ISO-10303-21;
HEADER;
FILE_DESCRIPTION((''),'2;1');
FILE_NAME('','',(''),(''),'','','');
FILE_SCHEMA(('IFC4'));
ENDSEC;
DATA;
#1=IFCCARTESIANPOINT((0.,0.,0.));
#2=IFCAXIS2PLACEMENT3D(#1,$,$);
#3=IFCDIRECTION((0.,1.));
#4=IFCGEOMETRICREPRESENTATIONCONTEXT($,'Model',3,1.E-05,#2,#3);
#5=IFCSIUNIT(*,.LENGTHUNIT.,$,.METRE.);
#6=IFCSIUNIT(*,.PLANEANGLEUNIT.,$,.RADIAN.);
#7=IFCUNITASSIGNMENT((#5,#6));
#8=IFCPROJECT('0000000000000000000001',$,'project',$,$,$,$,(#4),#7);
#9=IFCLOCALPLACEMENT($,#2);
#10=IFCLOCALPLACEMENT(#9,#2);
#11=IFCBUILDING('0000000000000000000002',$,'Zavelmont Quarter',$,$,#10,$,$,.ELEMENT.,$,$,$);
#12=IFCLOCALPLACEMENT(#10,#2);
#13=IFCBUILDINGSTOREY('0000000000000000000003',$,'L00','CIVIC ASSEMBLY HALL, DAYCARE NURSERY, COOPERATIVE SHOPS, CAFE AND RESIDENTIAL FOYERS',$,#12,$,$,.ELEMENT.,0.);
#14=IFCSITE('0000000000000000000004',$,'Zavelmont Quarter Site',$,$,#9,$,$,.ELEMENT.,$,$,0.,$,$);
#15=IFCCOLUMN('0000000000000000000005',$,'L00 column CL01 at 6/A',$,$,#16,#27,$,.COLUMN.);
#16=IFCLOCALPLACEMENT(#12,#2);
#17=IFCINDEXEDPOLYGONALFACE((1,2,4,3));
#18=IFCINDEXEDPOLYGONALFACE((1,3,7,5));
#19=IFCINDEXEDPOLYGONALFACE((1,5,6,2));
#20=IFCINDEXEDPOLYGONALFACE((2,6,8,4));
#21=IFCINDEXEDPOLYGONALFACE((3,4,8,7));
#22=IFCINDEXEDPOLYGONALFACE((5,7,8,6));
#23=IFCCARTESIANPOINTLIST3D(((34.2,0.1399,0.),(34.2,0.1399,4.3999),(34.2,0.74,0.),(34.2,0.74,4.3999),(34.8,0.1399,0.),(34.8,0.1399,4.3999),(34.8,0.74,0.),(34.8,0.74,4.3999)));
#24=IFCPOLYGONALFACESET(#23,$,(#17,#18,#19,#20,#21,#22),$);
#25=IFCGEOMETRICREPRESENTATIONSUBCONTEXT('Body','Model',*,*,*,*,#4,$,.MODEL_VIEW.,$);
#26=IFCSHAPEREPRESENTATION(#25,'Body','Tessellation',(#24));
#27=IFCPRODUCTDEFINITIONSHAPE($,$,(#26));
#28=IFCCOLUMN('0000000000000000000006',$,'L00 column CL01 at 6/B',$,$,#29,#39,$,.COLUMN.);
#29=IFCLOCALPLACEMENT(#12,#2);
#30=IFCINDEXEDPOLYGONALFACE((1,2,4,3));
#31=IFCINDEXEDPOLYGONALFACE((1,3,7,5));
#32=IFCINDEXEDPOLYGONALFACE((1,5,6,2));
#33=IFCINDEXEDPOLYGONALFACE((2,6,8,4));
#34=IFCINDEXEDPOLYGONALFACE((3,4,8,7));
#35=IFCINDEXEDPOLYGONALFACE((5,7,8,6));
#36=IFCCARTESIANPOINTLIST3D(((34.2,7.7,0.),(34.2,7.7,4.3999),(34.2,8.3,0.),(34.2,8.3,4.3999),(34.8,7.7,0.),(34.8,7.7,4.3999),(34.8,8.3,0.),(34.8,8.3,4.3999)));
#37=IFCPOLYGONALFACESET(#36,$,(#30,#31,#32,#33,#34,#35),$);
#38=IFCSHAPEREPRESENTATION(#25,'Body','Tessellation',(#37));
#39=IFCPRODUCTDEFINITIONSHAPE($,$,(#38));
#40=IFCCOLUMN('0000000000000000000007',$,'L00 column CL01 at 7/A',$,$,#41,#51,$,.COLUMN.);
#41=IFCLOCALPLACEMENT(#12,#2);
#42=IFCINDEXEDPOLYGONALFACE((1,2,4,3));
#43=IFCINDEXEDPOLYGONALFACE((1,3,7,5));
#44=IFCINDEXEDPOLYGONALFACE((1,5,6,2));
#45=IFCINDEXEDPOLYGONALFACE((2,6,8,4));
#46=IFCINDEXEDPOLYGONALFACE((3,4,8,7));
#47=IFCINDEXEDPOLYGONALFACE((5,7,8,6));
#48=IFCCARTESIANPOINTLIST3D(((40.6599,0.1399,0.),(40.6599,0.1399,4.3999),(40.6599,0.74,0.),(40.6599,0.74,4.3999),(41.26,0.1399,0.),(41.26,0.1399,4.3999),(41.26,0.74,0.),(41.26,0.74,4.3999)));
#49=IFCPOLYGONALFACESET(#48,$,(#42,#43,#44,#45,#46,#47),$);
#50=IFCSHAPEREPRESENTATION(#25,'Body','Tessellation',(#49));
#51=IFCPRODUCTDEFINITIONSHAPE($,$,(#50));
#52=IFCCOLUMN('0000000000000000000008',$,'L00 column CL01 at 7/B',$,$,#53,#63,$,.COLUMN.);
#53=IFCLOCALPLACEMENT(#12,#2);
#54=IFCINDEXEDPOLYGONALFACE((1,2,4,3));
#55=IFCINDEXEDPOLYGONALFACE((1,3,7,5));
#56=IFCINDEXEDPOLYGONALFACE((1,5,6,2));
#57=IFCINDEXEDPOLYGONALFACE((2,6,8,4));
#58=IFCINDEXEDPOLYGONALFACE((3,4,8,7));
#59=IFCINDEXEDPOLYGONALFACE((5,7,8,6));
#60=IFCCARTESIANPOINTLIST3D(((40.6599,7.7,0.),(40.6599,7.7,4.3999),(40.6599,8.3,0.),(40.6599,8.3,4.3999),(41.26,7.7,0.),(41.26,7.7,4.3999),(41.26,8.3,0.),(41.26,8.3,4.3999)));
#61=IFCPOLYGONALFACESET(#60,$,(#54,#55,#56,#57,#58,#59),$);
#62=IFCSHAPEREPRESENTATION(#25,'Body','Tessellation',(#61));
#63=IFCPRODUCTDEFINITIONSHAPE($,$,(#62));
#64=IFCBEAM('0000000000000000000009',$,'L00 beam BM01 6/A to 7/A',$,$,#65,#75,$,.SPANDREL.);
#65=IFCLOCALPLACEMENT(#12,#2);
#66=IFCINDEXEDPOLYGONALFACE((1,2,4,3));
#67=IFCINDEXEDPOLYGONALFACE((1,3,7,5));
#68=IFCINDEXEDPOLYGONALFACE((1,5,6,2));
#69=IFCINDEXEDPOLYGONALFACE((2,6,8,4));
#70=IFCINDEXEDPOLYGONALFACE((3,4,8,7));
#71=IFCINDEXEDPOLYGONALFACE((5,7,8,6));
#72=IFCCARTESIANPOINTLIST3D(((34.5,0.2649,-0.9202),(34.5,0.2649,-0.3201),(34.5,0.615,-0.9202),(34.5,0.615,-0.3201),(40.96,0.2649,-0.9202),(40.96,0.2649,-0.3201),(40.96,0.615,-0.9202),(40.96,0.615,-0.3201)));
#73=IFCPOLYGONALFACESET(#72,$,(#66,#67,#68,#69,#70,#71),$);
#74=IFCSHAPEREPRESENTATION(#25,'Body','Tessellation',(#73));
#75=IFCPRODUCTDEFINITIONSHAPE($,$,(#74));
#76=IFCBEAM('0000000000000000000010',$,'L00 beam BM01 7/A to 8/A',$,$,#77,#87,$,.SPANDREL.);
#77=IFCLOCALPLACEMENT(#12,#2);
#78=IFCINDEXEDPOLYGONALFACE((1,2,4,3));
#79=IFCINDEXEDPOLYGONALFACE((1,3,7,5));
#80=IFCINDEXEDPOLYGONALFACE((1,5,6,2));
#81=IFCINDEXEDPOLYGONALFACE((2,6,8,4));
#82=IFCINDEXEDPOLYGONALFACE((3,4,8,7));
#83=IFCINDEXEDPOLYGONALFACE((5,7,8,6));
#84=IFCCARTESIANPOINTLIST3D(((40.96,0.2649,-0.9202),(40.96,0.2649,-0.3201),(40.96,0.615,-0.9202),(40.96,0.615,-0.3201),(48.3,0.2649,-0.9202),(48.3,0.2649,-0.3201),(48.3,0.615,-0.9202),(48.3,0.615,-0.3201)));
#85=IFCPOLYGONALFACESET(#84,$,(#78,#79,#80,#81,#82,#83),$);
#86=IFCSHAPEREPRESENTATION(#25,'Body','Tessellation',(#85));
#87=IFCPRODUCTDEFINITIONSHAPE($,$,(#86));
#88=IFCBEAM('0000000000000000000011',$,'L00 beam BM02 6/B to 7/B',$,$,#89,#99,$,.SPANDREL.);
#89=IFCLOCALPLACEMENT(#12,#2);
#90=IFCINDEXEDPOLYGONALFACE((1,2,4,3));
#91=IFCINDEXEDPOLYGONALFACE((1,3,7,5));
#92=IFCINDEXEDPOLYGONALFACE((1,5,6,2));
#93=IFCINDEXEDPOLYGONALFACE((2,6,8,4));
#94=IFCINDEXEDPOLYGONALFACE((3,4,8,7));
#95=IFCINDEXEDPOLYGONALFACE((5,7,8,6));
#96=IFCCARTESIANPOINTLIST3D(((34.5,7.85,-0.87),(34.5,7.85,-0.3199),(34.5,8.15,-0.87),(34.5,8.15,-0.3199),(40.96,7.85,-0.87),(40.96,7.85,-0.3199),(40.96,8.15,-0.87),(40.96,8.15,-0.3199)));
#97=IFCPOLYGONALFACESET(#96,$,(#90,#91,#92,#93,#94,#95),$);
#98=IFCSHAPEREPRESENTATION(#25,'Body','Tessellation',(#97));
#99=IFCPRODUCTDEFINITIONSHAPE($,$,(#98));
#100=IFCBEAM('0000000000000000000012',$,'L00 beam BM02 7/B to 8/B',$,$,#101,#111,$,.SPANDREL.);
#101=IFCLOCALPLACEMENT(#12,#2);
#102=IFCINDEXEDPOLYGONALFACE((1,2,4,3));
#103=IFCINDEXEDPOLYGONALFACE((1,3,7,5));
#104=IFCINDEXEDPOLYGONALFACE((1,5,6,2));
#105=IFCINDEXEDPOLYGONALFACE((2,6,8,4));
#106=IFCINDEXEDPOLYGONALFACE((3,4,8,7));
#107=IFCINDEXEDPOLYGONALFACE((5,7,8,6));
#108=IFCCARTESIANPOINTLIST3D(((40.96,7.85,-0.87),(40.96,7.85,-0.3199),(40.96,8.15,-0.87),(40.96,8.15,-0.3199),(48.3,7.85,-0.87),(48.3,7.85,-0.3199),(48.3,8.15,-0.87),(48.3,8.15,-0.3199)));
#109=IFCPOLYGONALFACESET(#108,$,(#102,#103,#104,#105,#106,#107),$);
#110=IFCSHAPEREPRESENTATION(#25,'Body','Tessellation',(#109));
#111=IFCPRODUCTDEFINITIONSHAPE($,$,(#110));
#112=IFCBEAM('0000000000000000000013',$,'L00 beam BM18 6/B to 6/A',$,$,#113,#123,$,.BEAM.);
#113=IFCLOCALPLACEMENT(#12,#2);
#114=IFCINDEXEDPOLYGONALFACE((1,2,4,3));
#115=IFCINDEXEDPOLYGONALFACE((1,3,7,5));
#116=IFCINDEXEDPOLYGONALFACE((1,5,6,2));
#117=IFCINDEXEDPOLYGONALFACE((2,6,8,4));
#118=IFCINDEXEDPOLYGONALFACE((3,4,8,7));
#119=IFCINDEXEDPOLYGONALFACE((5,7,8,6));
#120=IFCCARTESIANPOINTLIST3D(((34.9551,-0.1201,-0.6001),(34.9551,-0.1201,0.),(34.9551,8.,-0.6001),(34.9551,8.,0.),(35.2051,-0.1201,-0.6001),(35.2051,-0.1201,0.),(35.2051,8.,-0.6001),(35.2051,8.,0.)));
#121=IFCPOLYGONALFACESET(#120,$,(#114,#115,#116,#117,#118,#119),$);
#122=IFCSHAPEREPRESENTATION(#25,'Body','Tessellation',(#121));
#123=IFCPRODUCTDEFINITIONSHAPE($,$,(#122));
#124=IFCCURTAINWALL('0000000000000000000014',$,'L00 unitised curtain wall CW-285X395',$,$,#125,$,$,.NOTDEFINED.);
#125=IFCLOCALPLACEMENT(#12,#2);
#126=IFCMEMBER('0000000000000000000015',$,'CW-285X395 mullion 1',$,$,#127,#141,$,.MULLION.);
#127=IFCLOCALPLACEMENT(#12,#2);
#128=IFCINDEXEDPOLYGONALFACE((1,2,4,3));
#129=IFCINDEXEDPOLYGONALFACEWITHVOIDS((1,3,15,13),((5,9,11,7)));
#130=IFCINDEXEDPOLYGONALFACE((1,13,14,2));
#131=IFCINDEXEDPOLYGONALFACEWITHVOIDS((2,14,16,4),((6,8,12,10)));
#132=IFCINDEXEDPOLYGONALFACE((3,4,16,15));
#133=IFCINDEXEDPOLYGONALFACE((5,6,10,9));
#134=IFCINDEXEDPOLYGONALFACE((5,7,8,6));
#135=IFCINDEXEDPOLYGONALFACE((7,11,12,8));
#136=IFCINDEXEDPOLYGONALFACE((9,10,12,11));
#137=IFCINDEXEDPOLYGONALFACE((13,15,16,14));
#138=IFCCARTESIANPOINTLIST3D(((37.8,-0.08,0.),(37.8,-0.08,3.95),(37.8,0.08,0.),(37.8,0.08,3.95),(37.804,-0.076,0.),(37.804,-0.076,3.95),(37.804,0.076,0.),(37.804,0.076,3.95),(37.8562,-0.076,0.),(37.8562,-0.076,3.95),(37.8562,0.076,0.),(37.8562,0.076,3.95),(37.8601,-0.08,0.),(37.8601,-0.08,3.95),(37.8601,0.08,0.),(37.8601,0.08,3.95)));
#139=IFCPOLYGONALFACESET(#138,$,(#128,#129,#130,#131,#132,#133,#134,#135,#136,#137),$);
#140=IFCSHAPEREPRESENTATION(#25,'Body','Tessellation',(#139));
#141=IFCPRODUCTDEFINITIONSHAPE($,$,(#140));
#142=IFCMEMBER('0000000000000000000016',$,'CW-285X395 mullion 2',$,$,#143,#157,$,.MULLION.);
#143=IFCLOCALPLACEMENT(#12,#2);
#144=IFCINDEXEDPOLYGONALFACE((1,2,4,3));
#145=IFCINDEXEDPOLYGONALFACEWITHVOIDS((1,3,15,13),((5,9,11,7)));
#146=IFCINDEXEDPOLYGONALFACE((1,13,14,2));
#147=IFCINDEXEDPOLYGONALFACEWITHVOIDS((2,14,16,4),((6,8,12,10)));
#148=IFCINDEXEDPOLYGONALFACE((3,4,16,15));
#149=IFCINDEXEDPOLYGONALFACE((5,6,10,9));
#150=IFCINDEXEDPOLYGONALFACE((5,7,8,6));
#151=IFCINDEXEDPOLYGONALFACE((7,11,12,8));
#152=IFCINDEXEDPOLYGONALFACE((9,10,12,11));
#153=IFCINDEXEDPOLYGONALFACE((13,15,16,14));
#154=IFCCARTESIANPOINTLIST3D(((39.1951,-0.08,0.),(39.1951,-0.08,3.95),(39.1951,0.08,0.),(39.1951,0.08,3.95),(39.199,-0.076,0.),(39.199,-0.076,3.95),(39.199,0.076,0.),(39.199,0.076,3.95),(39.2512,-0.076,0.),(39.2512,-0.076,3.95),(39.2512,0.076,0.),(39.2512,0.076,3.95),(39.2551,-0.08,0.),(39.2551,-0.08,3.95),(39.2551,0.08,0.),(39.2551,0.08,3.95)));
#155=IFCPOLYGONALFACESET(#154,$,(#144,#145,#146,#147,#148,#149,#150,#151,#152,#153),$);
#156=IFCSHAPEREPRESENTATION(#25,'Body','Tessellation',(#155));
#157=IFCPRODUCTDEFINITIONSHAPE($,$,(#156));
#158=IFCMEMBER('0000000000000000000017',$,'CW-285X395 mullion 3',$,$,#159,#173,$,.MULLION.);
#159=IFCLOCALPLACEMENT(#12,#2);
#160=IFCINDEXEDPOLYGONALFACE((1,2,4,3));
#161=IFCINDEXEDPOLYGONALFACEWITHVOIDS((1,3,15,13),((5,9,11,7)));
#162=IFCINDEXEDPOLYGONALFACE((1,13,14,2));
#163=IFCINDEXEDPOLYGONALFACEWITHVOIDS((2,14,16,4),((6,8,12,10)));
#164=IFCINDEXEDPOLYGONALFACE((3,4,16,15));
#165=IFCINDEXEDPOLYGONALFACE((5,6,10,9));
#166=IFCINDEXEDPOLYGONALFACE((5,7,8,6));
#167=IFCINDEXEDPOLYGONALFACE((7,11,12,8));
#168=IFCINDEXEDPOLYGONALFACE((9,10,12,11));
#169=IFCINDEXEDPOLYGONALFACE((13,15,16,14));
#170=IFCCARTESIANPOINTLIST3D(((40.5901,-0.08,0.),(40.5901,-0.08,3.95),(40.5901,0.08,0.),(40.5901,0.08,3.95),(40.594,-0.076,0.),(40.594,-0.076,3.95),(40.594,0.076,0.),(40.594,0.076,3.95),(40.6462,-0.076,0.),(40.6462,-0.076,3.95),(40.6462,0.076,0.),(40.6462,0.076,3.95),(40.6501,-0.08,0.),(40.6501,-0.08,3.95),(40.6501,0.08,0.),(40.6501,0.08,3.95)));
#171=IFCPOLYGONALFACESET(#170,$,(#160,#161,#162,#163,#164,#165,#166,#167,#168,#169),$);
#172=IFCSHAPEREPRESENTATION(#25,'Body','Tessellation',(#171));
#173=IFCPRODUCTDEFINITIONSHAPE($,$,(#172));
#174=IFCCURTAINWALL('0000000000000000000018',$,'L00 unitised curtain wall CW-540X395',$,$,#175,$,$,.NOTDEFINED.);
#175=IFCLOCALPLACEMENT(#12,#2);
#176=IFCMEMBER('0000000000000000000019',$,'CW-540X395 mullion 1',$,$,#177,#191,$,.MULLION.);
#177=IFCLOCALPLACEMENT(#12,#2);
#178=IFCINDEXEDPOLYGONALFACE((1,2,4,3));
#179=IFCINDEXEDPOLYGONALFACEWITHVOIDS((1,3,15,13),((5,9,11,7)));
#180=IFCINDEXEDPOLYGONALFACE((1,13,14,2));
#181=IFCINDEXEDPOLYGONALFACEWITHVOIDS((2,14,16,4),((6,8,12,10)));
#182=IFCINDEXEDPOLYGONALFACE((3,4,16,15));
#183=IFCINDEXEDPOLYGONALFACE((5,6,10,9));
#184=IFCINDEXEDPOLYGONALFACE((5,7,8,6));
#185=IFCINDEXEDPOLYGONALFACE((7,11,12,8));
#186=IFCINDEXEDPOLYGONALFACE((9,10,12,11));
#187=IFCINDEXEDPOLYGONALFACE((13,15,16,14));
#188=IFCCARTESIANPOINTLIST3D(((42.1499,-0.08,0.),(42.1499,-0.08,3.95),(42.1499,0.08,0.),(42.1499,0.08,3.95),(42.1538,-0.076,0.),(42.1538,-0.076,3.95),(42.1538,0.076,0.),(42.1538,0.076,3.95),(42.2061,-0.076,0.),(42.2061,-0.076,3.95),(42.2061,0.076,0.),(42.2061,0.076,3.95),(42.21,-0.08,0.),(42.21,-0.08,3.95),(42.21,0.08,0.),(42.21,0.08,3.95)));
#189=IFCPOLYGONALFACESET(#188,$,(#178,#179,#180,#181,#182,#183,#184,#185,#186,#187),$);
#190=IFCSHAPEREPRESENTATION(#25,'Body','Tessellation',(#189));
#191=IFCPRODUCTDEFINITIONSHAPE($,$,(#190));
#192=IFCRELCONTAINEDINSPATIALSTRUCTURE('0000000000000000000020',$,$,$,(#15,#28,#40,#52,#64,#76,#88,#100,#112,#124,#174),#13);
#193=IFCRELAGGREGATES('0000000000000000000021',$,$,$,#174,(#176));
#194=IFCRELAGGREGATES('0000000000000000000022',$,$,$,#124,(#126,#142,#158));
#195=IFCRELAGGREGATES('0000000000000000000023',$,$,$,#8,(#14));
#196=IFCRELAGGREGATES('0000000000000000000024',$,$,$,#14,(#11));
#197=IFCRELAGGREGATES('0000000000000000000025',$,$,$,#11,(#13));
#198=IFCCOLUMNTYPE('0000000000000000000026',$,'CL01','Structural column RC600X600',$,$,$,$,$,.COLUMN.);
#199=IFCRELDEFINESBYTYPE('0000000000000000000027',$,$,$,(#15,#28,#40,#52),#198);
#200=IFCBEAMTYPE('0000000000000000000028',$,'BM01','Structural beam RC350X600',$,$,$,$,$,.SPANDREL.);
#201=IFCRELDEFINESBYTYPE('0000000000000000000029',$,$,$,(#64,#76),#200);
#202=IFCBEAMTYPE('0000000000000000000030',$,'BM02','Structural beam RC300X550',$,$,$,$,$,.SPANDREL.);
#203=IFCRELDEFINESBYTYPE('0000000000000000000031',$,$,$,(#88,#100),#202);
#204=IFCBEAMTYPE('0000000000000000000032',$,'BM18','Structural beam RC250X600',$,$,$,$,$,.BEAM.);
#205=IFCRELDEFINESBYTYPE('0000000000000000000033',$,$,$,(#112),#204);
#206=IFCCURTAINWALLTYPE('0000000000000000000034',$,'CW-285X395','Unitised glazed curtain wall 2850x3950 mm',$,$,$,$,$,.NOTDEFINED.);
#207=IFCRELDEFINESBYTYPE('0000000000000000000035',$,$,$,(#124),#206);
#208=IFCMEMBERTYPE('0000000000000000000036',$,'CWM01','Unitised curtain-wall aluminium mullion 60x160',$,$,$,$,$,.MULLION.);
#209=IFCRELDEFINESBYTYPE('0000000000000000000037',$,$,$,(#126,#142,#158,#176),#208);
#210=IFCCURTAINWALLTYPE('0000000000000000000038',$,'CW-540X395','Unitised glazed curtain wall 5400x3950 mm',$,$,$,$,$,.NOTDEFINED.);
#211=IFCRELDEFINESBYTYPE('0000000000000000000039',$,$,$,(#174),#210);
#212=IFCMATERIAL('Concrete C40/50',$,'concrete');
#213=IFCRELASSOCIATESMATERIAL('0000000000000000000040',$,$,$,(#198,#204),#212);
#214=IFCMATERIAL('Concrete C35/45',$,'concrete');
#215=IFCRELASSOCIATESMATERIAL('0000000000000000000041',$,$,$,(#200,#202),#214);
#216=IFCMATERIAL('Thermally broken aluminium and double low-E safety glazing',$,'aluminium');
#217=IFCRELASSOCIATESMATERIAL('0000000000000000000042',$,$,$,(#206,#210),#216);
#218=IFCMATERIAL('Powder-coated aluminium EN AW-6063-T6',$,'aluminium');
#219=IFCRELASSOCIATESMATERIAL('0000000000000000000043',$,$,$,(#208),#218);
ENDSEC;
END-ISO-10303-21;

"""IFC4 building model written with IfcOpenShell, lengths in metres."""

from ifc_helpers import new_model, si_unit, direction, frame, origin, origin_2d, place, context, subcontext, project, spatial, rectangle, hollow_rectangle, extrude, material, material_profile, profile_set, type_object, element, aggregate, save


model = new_model("IFC4")

# Units and contexts
model_context = context("Model", 3, precision=1e-05, world=origin(), true_north=direction((0.0, 1.0)))
body_context = subcontext(model_context, "Body", "Model", "MODEL_VIEW")
ifc_project = project(units=[si_unit("LENGTHUNIT", "METRE"), si_unit("PLANEANGLEUNIT", "RADIAN")], contexts=[model_context])

# Site, building, storey
site_placement = place(None, origin())
site = spatial("IfcSite", under=ifc_project, at=site_placement, Name="Zavelmont Quarter Site", CompositionType="ELEMENT", RefElevation=0.0)
building_placement = place(site_placement, origin())
building = spatial("IfcBuilding", under=site, at=building_placement, Name="Zavelmont Quarter", CompositionType="ELEMENT")
storey_placement = place(building_placement, origin())
storey = spatial("IfcBuildingStorey", under=building, at=storey_placement, Name="L00", Description="CIVIC ASSEMBLY HALL, DAYCARE NURSERY, COOPERATIVE SHOPS, CAFE AND RESIDENTIAL FOYERS", CompositionType="ELEMENT", Elevation=0.0)

# Columns
ifc_material_1 = material(Name="Concrete C40/50", Category="concrete")
ifc_material_profile_1 = material_profile(ifc_material_1, rectangle(XDim=0.6001, YDim=0.6001, at=origin_2d()), Name="RC600X600")
ifc_profile_set_1 = profile_set([ifc_material_profile_1], Name="Concrete C40/50")
column_type = type_object("IfcColumnType", Name="CL01", Description="Structural column RC600X600", PredefinedType="COLUMN", material=ifc_profile_set_1)
for number, where, z_axis, x_axis, name in (
    (1, (34.5, 0.4399, 0.0), (0.0, 0.0, 1.0), (1.0, 0.0, 0.0), "L00 column CL01 at 6/A"),
    (2, (34.5, 8.0, 0.0), (0.0, 0.0, 1.0), (1.0, 0.0, 0.0), "L00 column CL01 at 6/B"),
    (3, (40.96, 0.4399, 0.0), (0.0, 0.0, 1.0), (1.0, 0.0, 0.0), "L00 column CL01 at 7/A"),
    (4, (40.96, 8.0, 0.0), (0.0, 0.0, 1.0), (1.0, 0.0, 0.0), "L00 column CL01 at 7/B"),
):
    element("IfcColumn", number, at=place(storey_placement, frame(where, z_axis=z_axis, x_axis=x_axis)), inside=storey, type_object=column_type, Name=name, PredefinedType="COLUMN", context=body_context, shape_type="SweptSolid", body=[
        extrude(rectangle(XDim=0.6001, YDim=0.6001, at=origin_2d()), origin(), (0.0, 0.0, 1.0), 4.3999),
    ])

# Beams
ifc_material_2 = material(Name="Concrete C35/45", Category="concrete")
ifc_material_profile_2 = material_profile(ifc_material_2, rectangle(XDim=0.3501, YDim=0.6001, at=origin_2d()), Name="RC350X600")
ifc_profile_set_2 = profile_set([ifc_material_profile_2], Name="Concrete C35/45")
beam_type_1 = type_object("IfcBeamType", Name="BM01", Description="Structural beam RC350X600", PredefinedType="SPANDREL", material=ifc_profile_set_2)
beam_1_placement = place(storey_placement, frame((34.5, 0.4399, -0.6201), z_axis=(1.0, 0.0, 0.0), x_axis=(0.0, 1.0, 0.0)))
element("IfcBeam", 5, at=beam_1_placement, inside=storey, type_object=beam_type_1, Name="L00 beam BM01 6/A to 7/A", PredefinedType="SPANDREL", context=body_context, shape_type="SweptSolid", body=[
    extrude(rectangle(XDim=0.3501, YDim=0.6001, at=origin_2d()), origin(), (0.0, 0.0, 1.0), 6.46),
])
beam_2_placement = place(storey_placement, frame((40.96, 0.4399, -0.6201), z_axis=(1.0, 0.0, 0.0), x_axis=(0.0, 1.0, 0.0)))
element("IfcBeam", 6, at=beam_2_placement, inside=storey, type_object=beam_type_1, Name="L00 beam BM01 7/A to 8/A", PredefinedType="SPANDREL", context=body_context, shape_type="SweptSolid", body=[
    extrude(rectangle(XDim=0.3501, YDim=0.6001, at=origin_2d()), origin(), (0.0, 0.0, 1.0), 7.3401),
])
ifc_material_profile_3 = material_profile(ifc_material_2, rectangle(XDim=0.3, YDim=0.55, at=origin_2d()), Name="RC300X550")
ifc_profile_set_3 = profile_set([ifc_material_profile_3], Name="Concrete C35/45")
beam_type_2 = type_object("IfcBeamType", Name="BM02", Description="Structural beam RC300X550", PredefinedType="SPANDREL", material=ifc_profile_set_3)
beam_3_placement = place(storey_placement, frame((34.5, 8.0, -0.595), z_axis=(1.0, 0.0, 0.0), x_axis=(0.0, 1.0, 0.0)))
element("IfcBeam", 7, at=beam_3_placement, inside=storey, type_object=beam_type_2, Name="L00 beam BM02 6/B to 7/B", PredefinedType="SPANDREL", context=body_context, shape_type="SweptSolid", body=[
    extrude(rectangle(XDim=0.3, YDim=0.55, at=origin_2d()), origin(), (0.0, 0.0, 1.0), 6.46),
])
beam_4_placement = place(storey_placement, frame((40.96, 8.0, -0.595), z_axis=(1.0, 0.0, 0.0), x_axis=(0.0, 1.0, 0.0)))
element("IfcBeam", 8, at=beam_4_placement, inside=storey, type_object=beam_type_2, Name="L00 beam BM02 7/B to 8/B", PredefinedType="SPANDREL", context=body_context, shape_type="SweptSolid", body=[
    extrude(rectangle(XDim=0.3, YDim=0.55, at=origin_2d()), origin(), (0.0, 0.0, 1.0), 7.3401),
])
ifc_material_profile_4 = material_profile(ifc_material_1, rectangle(XDim=0.25, YDim=0.6001, at=origin_2d()), Name="RC250X600")
ifc_profile_set_4 = profile_set([ifc_material_profile_4], Name="Concrete C40/50")
beam_type_3 = type_object("IfcBeamType", Name="BM18", Description="Structural beam RC250X600", PredefinedType="BEAM", material=ifc_profile_set_4)
beam_5_placement = place(storey_placement, frame((35.0801, 8.0, -0.3), z_axis=(0.0, -1.0, 0.0), x_axis=(1.0, 0.0, 0.0)))
element("IfcBeam", 9, at=beam_5_placement, inside=storey, type_object=beam_type_3, Name="L00 beam BM18 6/B to 6/A", PredefinedType="BEAM", context=body_context, shape_type="SweptSolid", body=[
    extrude(rectangle(XDim=0.25, YDim=0.6001, at=origin_2d()), origin(), (0.0, 0.0, 1.0), 8.1201),
])

# Curtain wall, members
ifc_material_3 = material(Name="Thermally broken aluminium and double low-E safety glazing", Category="aluminium")
curtain_wall_type_1 = type_object("IfcCurtainWallType", Name="CW-285X395", Description="Unitised glazed curtain wall 2850x3950 mm", PredefinedType="NOTDEFINED", material=ifc_material_3)
curtain_wall_1_placement = place(storey_placement, origin())
curtain_wall_1 = element("IfcCurtainWall", 10, at=curtain_wall_1_placement, inside=storey, type_object=curtain_wall_type_1, Name="L00 unitised curtain wall CW-285X395", PredefinedType="NOTDEFINED")
ifc_material_4 = material(Name="Powder-coated aluminium EN AW-6063-T6", Category="aluminium")
ifc_material_profile_5 = material_profile(ifc_material_4, hollow_rectangle(XDim=0.0601, YDim=0.1599, WallThickness=0.0039, at=origin_2d()), Name="CWM60X160")
ifc_profile_set_5 = profile_set([ifc_material_profile_5], Name="Powder-coated aluminium EN AW-6063-T6")
member_type_1 = type_object("IfcMemberType", Name="CWM01", Description="Unitised curtain-wall aluminium mullion 60x160", PredefinedType="MULLION", material=ifc_profile_set_5)
member_1_placement = place(storey_placement, frame((37.8301, 0.0, 0.0), z_axis=(0.0, 0.0, 1.0), x_axis=(1.0, 0.0, 0.0)))
member_1 = element("IfcMember", 11, at=member_1_placement, type_object=member_type_1, Name="CW-285X395 mullion 1", PredefinedType="MULLION", context=body_context, shape_type="SweptSolid", body=[
    extrude(hollow_rectangle(XDim=0.0601, YDim=0.1599, WallThickness=0.0039, at=origin_2d()), origin(), (0.0, 0.0, 1.0), 3.95),
])
member_2_placement = place(storey_placement, frame((39.2251, 0.0, 0.0), z_axis=(0.0, 0.0, 1.0), x_axis=(1.0, 0.0, 0.0)))
member_2 = element("IfcMember", 12, at=member_2_placement, type_object=member_type_1, Name="CW-285X395 mullion 2", PredefinedType="MULLION", context=body_context, shape_type="SweptSolid", body=[
    extrude(hollow_rectangle(XDim=0.0601, YDim=0.1599, WallThickness=0.0039, at=origin_2d()), origin(), (0.0, 0.0, 1.0), 3.95),
])
member_3_placement = place(storey_placement, frame((40.6201, 0.0, 0.0), z_axis=(0.0, 0.0, 1.0), x_axis=(1.0, 0.0, 0.0)))
member_3 = element("IfcMember", 13, at=member_3_placement, type_object=member_type_1, Name="CW-285X395 mullion 3", PredefinedType="MULLION", context=body_context, shape_type="SweptSolid", body=[
    extrude(hollow_rectangle(XDim=0.0601, YDim=0.1599, WallThickness=0.0039, at=origin_2d()), origin(), (0.0, 0.0, 1.0), 3.95),
])

# Curtain wall, member
curtain_wall_type_2 = type_object("IfcCurtainWallType", Name="CW-540X395", Description="Unitised glazed curtain wall 5400x3950 mm", PredefinedType="NOTDEFINED", material=ifc_material_3)
curtain_wall_2_placement = place(storey_placement, origin())
curtain_wall_2 = element("IfcCurtainWall", 14, at=curtain_wall_2_placement, inside=storey, type_object=curtain_wall_type_2, Name="L00 unitised curtain wall CW-540X395", PredefinedType="NOTDEFINED")
member_4_placement = place(storey_placement, frame((42.1799, 0.0, 0.0), z_axis=(0.0, 0.0, 1.0), x_axis=(1.0, 0.0, 0.0)))
member_4 = element("IfcMember", 15, at=member_4_placement, type_object=member_type_1, Name="CW-540X395 mullion 1", PredefinedType="MULLION", context=body_context, shape_type="SweptSolid", body=[
    extrude(hollow_rectangle(XDim=0.0601, YDim=0.1599, WallThickness=0.0039, at=origin_2d()), origin(), (0.0, 0.0, 1.0), 3.95),
])

aggregate(curtain_wall_2, [member_4])

aggregate(curtain_wall_1, [member_1, member_2, member_3])

save(model, "model.ifc")
